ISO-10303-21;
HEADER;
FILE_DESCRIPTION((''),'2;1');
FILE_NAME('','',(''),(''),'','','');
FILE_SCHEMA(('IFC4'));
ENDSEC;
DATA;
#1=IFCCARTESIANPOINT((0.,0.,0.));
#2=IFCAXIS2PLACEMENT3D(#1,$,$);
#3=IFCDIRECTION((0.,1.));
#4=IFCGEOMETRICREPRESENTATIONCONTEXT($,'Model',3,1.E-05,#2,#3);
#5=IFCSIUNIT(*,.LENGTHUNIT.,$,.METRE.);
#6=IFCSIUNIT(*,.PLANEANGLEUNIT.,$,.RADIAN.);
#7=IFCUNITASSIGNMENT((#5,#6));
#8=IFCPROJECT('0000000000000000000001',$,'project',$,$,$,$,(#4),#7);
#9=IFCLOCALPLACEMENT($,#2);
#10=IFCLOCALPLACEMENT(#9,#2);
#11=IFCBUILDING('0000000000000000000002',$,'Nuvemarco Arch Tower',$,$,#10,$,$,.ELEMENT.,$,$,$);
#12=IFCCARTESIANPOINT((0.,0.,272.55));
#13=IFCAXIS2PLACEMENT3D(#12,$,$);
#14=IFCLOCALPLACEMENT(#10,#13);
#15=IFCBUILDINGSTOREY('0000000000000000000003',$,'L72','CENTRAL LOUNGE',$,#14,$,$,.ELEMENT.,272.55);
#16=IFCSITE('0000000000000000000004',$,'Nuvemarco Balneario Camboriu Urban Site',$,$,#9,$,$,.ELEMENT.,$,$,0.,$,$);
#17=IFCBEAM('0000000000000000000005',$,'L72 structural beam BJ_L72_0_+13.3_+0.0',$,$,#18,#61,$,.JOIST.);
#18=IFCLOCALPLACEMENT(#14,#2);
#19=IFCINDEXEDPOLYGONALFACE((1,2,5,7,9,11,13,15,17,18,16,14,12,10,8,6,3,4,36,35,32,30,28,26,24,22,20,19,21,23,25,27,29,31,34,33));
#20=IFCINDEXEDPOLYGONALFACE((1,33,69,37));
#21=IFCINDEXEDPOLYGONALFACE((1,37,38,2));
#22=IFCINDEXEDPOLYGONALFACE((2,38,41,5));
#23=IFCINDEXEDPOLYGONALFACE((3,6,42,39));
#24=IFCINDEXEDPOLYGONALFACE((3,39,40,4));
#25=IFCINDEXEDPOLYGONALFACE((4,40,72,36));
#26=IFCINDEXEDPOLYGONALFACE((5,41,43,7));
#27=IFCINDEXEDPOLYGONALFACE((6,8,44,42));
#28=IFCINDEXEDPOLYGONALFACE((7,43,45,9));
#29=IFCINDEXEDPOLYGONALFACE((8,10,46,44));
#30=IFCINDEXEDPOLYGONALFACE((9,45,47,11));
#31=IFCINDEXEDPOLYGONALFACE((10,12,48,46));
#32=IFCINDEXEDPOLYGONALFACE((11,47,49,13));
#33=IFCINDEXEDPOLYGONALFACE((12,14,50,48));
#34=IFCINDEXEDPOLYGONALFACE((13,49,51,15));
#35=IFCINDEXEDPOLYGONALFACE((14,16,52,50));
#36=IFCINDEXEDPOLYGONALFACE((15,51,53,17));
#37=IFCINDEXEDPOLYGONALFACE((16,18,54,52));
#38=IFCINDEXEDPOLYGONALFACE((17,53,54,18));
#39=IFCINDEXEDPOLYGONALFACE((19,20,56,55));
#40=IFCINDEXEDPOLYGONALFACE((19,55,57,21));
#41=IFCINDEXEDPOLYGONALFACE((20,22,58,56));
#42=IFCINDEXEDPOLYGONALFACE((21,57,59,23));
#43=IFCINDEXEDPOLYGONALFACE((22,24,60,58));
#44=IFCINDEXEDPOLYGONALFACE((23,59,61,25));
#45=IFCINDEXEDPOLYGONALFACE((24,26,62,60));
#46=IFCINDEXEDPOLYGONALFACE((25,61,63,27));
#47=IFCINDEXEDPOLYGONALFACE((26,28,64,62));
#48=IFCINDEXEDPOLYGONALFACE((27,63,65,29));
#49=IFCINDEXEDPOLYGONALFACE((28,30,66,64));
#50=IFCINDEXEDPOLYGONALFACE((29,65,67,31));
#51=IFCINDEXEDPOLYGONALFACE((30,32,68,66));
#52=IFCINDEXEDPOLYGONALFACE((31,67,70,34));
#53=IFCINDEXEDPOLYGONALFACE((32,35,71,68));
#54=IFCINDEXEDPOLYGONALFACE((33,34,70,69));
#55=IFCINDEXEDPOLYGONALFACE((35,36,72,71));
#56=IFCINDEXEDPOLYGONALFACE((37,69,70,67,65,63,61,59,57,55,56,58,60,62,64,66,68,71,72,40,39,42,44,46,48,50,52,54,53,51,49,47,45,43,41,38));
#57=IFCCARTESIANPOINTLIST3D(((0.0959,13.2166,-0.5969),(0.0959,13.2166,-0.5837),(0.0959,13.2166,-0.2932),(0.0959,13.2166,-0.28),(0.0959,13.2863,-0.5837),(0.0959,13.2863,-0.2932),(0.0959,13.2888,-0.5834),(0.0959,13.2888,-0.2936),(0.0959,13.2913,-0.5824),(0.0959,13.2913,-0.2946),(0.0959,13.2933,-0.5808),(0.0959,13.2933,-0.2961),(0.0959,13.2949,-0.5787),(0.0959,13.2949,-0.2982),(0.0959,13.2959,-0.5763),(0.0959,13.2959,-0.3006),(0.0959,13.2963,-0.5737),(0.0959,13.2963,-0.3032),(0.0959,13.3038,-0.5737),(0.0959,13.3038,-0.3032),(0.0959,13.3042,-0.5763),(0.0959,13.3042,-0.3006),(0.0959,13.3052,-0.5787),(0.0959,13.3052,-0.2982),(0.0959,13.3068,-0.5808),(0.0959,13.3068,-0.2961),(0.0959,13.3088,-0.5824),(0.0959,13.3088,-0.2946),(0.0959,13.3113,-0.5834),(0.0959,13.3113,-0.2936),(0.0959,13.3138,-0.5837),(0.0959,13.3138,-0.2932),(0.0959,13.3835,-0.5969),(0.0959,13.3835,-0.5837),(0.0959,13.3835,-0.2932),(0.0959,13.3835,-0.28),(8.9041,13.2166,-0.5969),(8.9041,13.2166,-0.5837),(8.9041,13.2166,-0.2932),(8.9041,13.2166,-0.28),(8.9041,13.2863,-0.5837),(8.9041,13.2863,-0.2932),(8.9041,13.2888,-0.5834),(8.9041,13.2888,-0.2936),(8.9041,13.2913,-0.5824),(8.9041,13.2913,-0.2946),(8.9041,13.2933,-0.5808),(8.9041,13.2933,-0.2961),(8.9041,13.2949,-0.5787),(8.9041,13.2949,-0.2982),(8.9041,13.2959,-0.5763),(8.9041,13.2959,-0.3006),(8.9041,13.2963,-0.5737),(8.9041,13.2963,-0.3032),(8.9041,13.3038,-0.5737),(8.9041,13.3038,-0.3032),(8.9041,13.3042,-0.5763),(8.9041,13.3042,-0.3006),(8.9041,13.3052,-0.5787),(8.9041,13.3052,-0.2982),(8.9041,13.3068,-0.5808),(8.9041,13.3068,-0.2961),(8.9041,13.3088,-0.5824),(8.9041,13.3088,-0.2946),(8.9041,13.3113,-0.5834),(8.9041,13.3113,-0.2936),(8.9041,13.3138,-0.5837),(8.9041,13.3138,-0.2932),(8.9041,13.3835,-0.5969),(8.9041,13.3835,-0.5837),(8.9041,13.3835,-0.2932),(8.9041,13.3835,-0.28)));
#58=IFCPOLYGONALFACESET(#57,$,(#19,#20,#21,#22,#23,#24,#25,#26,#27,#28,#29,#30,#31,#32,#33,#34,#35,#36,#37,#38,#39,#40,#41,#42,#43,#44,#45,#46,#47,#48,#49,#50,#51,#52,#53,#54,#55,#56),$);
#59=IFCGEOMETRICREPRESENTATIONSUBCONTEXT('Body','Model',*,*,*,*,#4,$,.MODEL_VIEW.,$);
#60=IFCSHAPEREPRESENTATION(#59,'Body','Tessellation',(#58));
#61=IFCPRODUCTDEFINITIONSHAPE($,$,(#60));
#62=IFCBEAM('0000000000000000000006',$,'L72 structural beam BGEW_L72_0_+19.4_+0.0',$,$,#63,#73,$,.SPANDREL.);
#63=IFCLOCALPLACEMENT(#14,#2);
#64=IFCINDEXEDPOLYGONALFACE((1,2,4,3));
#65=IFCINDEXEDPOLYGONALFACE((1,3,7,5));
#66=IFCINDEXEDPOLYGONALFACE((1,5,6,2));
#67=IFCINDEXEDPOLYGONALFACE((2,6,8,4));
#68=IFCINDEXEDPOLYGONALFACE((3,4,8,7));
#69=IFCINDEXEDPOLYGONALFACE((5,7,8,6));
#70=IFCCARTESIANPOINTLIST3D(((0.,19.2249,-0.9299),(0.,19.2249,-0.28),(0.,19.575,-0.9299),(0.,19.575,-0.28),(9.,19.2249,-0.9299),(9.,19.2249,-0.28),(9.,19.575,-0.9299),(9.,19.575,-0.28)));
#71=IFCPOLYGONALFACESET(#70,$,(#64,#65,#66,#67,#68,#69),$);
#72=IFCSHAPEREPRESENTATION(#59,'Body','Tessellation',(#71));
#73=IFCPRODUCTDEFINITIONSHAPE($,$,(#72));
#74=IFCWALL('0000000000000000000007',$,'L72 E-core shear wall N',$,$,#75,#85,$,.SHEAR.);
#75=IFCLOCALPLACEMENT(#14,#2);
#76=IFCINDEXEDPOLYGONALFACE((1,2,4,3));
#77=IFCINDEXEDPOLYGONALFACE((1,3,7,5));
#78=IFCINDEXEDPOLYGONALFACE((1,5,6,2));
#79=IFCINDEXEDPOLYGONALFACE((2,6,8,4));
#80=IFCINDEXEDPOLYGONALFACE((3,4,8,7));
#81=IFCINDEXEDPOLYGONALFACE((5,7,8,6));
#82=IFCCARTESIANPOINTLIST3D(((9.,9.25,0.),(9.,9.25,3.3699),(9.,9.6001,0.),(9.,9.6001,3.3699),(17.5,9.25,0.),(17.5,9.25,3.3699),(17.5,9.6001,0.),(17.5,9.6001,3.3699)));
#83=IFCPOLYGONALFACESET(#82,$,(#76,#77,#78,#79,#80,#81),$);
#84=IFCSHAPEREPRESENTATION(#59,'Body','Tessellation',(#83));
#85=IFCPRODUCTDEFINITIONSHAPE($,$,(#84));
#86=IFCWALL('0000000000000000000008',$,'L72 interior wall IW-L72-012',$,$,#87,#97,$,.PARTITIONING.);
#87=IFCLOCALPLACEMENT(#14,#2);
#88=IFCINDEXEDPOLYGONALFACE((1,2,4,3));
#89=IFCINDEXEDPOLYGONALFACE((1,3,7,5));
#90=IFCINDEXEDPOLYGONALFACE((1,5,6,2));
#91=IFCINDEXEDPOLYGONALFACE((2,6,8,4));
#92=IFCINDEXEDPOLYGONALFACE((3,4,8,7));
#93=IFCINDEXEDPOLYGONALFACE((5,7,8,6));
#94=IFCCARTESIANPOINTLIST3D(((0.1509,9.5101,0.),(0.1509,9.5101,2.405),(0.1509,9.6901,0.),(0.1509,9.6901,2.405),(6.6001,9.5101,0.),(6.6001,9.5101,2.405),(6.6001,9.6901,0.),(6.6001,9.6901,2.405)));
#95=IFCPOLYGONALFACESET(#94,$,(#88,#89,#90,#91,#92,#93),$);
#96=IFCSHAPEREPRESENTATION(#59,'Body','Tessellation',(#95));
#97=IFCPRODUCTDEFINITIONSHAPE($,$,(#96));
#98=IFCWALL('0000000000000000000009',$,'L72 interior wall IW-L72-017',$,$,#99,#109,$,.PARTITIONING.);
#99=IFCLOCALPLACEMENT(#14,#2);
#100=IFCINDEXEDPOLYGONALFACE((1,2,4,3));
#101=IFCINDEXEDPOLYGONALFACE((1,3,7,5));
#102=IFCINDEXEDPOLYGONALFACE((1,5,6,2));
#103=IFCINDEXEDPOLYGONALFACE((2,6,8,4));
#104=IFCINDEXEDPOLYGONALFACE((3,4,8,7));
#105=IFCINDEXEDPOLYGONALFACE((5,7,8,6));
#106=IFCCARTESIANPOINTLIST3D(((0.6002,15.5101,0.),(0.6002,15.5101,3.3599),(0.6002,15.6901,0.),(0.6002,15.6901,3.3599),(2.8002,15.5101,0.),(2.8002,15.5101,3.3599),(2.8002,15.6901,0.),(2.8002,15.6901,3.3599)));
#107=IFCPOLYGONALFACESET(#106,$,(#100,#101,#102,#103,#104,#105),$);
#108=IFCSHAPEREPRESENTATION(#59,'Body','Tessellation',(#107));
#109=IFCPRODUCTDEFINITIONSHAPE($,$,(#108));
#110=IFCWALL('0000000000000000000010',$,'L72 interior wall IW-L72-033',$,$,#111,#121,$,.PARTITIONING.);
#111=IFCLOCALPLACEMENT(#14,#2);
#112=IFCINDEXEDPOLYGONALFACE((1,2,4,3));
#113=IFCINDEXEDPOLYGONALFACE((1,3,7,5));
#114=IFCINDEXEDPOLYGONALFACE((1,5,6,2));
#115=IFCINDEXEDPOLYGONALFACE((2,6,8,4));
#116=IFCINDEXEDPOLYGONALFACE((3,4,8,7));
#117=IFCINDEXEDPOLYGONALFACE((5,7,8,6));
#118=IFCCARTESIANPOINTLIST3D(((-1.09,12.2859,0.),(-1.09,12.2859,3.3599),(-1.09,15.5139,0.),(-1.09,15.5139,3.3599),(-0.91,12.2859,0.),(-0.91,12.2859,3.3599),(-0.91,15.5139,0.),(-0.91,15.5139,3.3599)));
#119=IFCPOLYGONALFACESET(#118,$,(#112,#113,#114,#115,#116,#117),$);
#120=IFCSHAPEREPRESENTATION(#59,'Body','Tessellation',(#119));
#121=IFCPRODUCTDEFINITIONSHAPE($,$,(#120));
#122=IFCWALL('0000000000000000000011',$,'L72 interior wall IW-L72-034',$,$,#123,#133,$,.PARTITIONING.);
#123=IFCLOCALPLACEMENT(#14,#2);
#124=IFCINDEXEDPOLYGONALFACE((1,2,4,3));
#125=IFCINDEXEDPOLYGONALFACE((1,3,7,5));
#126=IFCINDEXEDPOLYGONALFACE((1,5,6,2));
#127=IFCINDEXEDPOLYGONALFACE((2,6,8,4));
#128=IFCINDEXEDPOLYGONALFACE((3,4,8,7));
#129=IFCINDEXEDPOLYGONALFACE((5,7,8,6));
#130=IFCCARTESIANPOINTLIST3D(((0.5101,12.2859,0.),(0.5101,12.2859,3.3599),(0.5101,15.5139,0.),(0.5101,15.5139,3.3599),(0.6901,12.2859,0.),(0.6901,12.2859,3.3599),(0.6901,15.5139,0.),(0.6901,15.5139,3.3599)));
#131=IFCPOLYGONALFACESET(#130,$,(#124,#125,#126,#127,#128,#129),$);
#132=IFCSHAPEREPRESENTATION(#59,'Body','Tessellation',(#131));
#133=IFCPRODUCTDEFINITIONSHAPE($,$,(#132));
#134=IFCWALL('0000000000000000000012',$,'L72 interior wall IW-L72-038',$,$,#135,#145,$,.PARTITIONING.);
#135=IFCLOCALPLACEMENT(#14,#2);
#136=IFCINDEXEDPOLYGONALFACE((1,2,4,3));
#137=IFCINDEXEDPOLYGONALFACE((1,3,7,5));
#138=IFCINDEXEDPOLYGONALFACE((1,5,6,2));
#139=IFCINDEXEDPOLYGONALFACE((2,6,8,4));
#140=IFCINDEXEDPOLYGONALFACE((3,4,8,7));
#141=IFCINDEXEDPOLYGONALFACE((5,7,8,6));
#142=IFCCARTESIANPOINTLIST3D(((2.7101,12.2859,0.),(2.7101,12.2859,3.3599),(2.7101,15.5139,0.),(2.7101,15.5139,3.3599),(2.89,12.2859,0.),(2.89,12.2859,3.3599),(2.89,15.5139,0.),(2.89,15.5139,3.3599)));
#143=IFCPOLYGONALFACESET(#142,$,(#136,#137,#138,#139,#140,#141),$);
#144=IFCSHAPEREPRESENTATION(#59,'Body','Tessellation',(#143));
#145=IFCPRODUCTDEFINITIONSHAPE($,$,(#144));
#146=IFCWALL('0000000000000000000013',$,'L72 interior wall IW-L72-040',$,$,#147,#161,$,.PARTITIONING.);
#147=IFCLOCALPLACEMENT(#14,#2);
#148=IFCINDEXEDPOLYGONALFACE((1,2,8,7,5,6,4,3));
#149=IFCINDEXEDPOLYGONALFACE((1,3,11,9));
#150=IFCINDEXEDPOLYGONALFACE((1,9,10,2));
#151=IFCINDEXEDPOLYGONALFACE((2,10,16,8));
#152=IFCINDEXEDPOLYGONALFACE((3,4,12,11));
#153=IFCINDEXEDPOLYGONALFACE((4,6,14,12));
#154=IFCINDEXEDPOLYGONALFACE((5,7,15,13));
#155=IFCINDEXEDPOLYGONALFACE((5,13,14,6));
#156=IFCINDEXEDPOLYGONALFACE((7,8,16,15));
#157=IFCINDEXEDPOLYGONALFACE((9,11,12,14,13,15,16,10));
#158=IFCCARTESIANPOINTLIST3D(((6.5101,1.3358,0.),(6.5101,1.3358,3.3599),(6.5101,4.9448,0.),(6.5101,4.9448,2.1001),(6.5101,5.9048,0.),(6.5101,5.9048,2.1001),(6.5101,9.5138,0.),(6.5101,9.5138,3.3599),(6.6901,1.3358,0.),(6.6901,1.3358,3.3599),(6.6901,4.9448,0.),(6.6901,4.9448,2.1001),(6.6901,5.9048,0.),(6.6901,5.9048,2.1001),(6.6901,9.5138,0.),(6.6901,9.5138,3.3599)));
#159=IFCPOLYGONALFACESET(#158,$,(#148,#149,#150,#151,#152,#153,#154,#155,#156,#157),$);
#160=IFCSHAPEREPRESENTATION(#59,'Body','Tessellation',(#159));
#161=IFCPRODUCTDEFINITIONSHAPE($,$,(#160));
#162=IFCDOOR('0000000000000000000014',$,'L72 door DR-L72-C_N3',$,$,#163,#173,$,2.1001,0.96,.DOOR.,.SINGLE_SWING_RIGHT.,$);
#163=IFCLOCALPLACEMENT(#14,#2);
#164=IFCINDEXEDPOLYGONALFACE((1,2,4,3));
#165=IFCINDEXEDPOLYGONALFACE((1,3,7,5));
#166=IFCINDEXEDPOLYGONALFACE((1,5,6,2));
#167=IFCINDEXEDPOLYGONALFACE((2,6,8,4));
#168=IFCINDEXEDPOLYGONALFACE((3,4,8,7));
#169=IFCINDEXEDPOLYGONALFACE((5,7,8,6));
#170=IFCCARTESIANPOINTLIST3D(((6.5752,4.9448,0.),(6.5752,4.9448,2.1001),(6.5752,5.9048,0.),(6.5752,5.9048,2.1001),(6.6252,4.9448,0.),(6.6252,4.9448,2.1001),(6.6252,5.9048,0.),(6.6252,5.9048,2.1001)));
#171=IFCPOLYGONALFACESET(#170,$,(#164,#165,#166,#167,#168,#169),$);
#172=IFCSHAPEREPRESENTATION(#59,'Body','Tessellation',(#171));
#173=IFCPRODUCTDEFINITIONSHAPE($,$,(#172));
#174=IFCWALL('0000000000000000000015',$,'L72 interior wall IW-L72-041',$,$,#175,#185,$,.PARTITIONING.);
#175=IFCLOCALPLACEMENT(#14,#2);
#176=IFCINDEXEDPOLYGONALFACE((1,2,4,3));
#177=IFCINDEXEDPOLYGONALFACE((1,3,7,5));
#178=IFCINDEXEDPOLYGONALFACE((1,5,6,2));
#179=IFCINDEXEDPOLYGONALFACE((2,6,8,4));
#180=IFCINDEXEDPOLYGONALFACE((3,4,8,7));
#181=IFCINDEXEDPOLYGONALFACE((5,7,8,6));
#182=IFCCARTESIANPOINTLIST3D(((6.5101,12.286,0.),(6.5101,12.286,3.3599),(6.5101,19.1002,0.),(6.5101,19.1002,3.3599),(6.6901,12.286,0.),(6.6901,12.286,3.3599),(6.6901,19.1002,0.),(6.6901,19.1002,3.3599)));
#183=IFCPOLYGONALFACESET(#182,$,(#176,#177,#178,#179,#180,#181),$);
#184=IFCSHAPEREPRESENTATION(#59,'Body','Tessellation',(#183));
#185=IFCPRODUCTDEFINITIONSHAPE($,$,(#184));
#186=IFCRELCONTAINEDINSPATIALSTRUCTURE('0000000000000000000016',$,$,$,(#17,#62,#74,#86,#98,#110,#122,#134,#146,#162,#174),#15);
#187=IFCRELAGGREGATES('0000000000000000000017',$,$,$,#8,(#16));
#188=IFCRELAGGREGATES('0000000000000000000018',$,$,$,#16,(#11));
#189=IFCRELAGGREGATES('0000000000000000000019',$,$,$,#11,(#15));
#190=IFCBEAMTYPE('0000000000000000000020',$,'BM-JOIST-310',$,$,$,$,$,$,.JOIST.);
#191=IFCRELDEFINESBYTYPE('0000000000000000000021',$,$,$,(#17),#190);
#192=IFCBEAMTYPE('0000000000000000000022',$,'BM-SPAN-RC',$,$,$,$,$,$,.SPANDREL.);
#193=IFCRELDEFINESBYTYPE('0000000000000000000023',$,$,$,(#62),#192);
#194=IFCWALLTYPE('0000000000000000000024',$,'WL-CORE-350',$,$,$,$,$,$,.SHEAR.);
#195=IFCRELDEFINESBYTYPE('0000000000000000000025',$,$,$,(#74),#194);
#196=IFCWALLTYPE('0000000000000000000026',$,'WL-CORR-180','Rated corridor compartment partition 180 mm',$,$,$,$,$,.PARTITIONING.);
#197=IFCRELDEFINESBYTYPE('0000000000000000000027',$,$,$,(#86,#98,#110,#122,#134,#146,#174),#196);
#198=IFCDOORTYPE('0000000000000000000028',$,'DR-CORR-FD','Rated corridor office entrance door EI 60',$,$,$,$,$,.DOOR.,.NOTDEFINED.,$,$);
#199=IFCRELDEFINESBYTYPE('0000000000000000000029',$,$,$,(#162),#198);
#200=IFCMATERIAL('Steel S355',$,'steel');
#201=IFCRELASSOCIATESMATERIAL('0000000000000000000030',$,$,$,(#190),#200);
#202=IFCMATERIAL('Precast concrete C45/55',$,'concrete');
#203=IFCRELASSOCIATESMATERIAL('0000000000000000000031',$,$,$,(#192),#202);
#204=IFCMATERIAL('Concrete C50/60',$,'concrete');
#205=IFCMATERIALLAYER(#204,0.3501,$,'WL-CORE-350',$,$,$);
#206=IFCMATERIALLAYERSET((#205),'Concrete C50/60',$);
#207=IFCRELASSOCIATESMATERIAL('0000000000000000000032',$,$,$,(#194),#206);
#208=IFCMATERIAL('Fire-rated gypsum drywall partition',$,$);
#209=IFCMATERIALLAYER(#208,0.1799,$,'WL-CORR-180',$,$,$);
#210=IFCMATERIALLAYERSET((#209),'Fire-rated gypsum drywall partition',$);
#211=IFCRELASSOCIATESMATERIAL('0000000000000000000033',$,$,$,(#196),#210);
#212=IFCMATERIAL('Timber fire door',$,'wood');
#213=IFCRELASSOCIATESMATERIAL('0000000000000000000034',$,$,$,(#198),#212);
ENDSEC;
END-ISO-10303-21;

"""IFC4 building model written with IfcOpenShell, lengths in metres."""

from ifc_helpers import new_model, si_unit, direction, frame, frame_2d, origin, origin_2d, place, context, subcontext, project, spatial, rectangle, i_section, extrude, source, transform, mapped, material, layer, layer_set, material_profile, profile_set, type_object, type_shapes, element, fill, save


model = new_model("IFC4")

# Units and contexts
model_context = context("Model", 3, precision=1e-05, world=origin(), true_north=direction((0.0, 1.0)))
body_context = subcontext(model_context, "Body", "Model", "MODEL_VIEW")
ifc_project = project(units=[si_unit("LENGTHUNIT", "METRE"), si_unit("PLANEANGLEUNIT", "RADIAN")], contexts=[model_context])

# Site, building, storey
site_placement = place(None, origin())
site = spatial("IfcSite", under=ifc_project, at=site_placement, Name="Nuvemarco Balneario Camboriu Urban Site", CompositionType="ELEMENT", RefElevation=0.0)
building_placement = place(site_placement, origin())
building = spatial("IfcBuilding", under=site, at=building_placement, Name="Nuvemarco Arch Tower", CompositionType="ELEMENT")
storey_placement = place(building_placement, frame((0.0, 0.0, 272.55)))
storey = spatial("IfcBuildingStorey", under=building, at=storey_placement, Name="L72", Description="CENTRAL LOUNGE", CompositionType="ELEMENT", Elevation=272.55)

# Shared definitions
ifc_material_1 = material(Name="Concrete C50/60", Category="concrete")
ifc_material_2 = material(Name="Steel S355", Category="steel")

# Beams
ifc_material_profile_1 = material_profile(ifc_material_2, i_section(OverallWidth=0.167, OverallDepth=0.3169, WebThickness=0.0076, FlangeThickness=0.0132, FilletRadius=0.01, at=origin_2d()), Name="W310x52")
ifc_profile_set_1 = profile_set([ifc_material_profile_1], Name="Steel S355")
beam_type_1 = type_object("IfcBeamType", Name="BM-JOIST-310", PredefinedType="JOIST", material=ifc_profile_set_1)
beam_1_placement = place(storey_placement, frame((0.0959, 13.3, -0.4385), z_axis=(1.0, 0.0, 0.0), x_axis=(0.0, 1.0, 0.0)))
element("IfcBeam", 1, at=beam_1_placement, inside=storey, type_object=beam_type_1, Name="L72 structural beam BJ_L72_0_+13.3_+0.0", PredefinedType="JOIST", context=body_context, shape_type="SweptSolid", body=[
    extrude(i_section(OverallWidth=0.167, OverallDepth=0.3169, WebThickness=0.0076, FlangeThickness=0.0132, FilletRadius=0.01, at=origin_2d()), origin(), (0.0, 0.0, 1.0), 8.8081),
])
ifc_material_3 = material(Name="Precast concrete C45/55", Category="concrete")
ifc_material_profile_2 = material_profile(ifc_material_3, rectangle(XDim=0.3501, YDim=0.6499, at=origin_2d()), Name="PC-SP-350x650")
ifc_profile_set_2 = profile_set([ifc_material_profile_2], Name="Precast concrete C45/55")
beam_type_2 = type_object("IfcBeamType", Name="BM-SPAN-RC", PredefinedType="SPANDREL", material=ifc_profile_set_2)
beam_2_placement = place(storey_placement, frame((0.0, 19.3999, -0.605), z_axis=(1.0, 0.0, 0.0), x_axis=(0.0, 1.0, 0.0)))
element("IfcBeam", 2, at=beam_2_placement, inside=storey, type_object=beam_type_2, Name="L72 structural beam BGEW_L72_0_+19.4_+0.0", PredefinedType="SPANDREL", context=body_context, shape_type="SweptSolid", body=[
    extrude(rectangle(XDim=0.3501, YDim=0.6499, at=origin_2d()), origin(), (0.0, 0.0, 1.0), 9.0),
])

# Walls
ifc_layer_1 = layer(ifc_material_1, 0.3501, Name="WL-CORE-350")
ifc_layer_set_1 = layer_set([ifc_layer_1], Name="Concrete C50/60")
wall_type_1 = type_object("IfcWallType", Name="WL-CORE-350", PredefinedType="SHEAR", material=ifc_layer_set_1)
wall_1_placement = place(storey_placement, frame((9.0, 9.425, 0.0), z_axis=(0.0, 0.0, 1.0), x_axis=(1.0, 0.0, 0.0)))
element("IfcWall", 3, at=wall_1_placement, inside=storey, type_object=wall_type_1, Name="L72 E-core shear wall N", PredefinedType="SHEAR", context=body_context, shape_type="SweptSolid", body=[
    extrude(rectangle(XDim=8.5, YDim=0.3501, at=frame_2d((4.25, 0.0))), origin(), (0.0, 0.0, 1.0), 3.3699),
])
ifc_material_4 = material(Name="Fire-rated gypsum drywall partition")
ifc_layer_2 = layer(ifc_material_4, 0.1799, Name="WL-CORR-180")
ifc_layer_set_2 = layer_set([ifc_layer_2], Name="Fire-rated gypsum drywall partition")
wall_type_2 = type_object("IfcWallType", Name="WL-CORR-180", Description="Rated corridor compartment partition 180 mm", PredefinedType="PARTITIONING", material=ifc_layer_set_2)
wall_2_placement = place(storey_placement, frame((0.1509, 9.6001, 0.0), z_axis=(0.0, 0.0, 1.0), x_axis=(1.0, 0.0, 0.0)))
element("IfcWall", 4, at=wall_2_placement, inside=storey, type_object=wall_type_2, Name="L72 interior wall IW-L72-012", PredefinedType="PARTITIONING", context=body_context, shape_type="SweptSolid", body=[
    extrude(rectangle(XDim=6.4492, YDim=0.1799, at=frame_2d((3.2246, 0.0))), origin(), (0.0, 0.0, 1.0), 2.405),
])
wall_3_placement = place(storey_placement, frame((0.6001, 15.6001, 0.0), z_axis=(0.0, 0.0, 1.0), x_axis=(1.0, 0.0, 0.0)))
element("IfcWall", 5, at=wall_3_placement, inside=storey, type_object=wall_type_2, Name="L72 interior wall IW-L72-017", PredefinedType="PARTITIONING", context=body_context, shape_type="SweptSolid", body=[
    extrude(rectangle(XDim=2.2, YDim=0.1799, at=frame_2d((1.1001, 0.0))), origin(), (0.0, 0.0, 1.0), 3.3599),
])
for number, where, z_axis, x_axis, name in (
    (6, (-1.0, 12.2859, 0.0), (0.0, 0.0, 1.0), (0.0, 1.0, 0.0), "L72 interior wall IW-L72-033"),
    (7, (0.6001, 12.2859, 0.0), (0.0, 0.0, 1.0), (0.0, 1.0, 0.0), "L72 interior wall IW-L72-034"),
    (8, (2.8, 12.2859, 0.0), (0.0, 0.0, 1.0), (0.0, 1.0, 0.0), "L72 interior wall IW-L72-038"),
):
    element("IfcWall", number, at=place(storey_placement, frame(where, z_axis=z_axis, x_axis=x_axis)), inside=storey, type_object=wall_type_2, Name=name, PredefinedType="PARTITIONING", context=body_context, shape_type="SweptSolid", body=[
        extrude(rectangle(XDim=3.228, YDim=0.1799, at=frame_2d((1.614, 0.0))), origin(), (0.0, 0.0, 1.0), 3.3599),
    ])

# Wall, opening, door
wall_4_placement = place(storey_placement, frame((6.6001, 1.3359, 0.0), z_axis=(0.0, 0.0, 1.0), x_axis=(0.0, 1.0, 0.0)))
wall_4 = element("IfcWall", 9, at=wall_4_placement, inside=storey, type_object=wall_type_2, Name="L72 interior wall IW-L72-040", PredefinedType="PARTITIONING", context=body_context, shape_type="SweptSolid", body=[
    extrude(rectangle(XDim=8.178, YDim=0.1799, at=frame_2d((4.0889, 0.0))), origin(), (0.0, 0.0, 1.0), 3.3599),
])
opening_placement = place(wall_4_placement, frame((3.6089, 0.0, 0.0)))
opening = element("IfcOpeningElement", 10, at=opening_placement, cuts=wall_4, PredefinedType="OPENING", context=body_context, shape_type="SweptSolid", body=[
    extrude(rectangle(XDim=0.96, YDim=2.1001, at=frame_2d((0.48, 1.05))), frame((0.0, 0.0999, 0.0), z_axis=(0.0, -1.0, 0.0), x_axis=(1.0, 0.0, 0.0)), (0.0, 0.0, 1.0), 0.2),
])
ifc_material_5 = material(Name="Timber fire door", Category="wood")
door_type = type_object("IfcDoorType", Name="DR-CORR-FD", Description="Rated corridor office entrance door EI 60", OperationType="NOTDEFINED", PredefinedType="DOOR", material=ifc_material_5)
shared_shape_1 = source(origin(), body_context, "Body", "SweptSolid", [
    extrude(rectangle(XDim=0.96, YDim=2.1001, at=frame_2d((0.48, 1.05))), frame((0.0, 0.0249, 0.0), z_axis=(0.0, -1.0, 0.0), x_axis=(1.0, 0.0, 0.0)), (0.0, 0.0, 1.0), 0.05),
])
type_shapes(door_type, [shared_shape_1])
door_placement = place(opening_placement, origin())
door = element("IfcDoor", 11, at=door_placement, inside=storey, type_object=door_type, Name="L72 door DR-L72-C_N3", OperationType="SINGLE_SWING_RIGHT", OverallHeight=2.1001, OverallWidth=0.96, PredefinedType="DOOR", context=body_context, shape_type="MappedRepresentation", body=[
    mapped(shared_shape_1, transform((0.0, 0.0, 0.0), scale=1.0)),
])
fill(opening, door)

# Wall
wall_5_placement = place(storey_placement, frame((6.6001, 12.2859, 0.0), z_axis=(0.0, 0.0, 1.0), x_axis=(0.0, 1.0, 0.0)))
element("IfcWall", 12, at=wall_5_placement, inside=storey, type_object=wall_type_2, Name="L72 interior wall IW-L72-041", PredefinedType="PARTITIONING", context=body_context, shape_type="SweptSolid", body=[
    extrude(rectangle(XDim=6.8142, YDim=0.1799, at=frame_2d((3.4072, 0.0))), origin(), (0.0, 0.0, 1.0), 3.3599),
])

save(model, "model.ifc")
